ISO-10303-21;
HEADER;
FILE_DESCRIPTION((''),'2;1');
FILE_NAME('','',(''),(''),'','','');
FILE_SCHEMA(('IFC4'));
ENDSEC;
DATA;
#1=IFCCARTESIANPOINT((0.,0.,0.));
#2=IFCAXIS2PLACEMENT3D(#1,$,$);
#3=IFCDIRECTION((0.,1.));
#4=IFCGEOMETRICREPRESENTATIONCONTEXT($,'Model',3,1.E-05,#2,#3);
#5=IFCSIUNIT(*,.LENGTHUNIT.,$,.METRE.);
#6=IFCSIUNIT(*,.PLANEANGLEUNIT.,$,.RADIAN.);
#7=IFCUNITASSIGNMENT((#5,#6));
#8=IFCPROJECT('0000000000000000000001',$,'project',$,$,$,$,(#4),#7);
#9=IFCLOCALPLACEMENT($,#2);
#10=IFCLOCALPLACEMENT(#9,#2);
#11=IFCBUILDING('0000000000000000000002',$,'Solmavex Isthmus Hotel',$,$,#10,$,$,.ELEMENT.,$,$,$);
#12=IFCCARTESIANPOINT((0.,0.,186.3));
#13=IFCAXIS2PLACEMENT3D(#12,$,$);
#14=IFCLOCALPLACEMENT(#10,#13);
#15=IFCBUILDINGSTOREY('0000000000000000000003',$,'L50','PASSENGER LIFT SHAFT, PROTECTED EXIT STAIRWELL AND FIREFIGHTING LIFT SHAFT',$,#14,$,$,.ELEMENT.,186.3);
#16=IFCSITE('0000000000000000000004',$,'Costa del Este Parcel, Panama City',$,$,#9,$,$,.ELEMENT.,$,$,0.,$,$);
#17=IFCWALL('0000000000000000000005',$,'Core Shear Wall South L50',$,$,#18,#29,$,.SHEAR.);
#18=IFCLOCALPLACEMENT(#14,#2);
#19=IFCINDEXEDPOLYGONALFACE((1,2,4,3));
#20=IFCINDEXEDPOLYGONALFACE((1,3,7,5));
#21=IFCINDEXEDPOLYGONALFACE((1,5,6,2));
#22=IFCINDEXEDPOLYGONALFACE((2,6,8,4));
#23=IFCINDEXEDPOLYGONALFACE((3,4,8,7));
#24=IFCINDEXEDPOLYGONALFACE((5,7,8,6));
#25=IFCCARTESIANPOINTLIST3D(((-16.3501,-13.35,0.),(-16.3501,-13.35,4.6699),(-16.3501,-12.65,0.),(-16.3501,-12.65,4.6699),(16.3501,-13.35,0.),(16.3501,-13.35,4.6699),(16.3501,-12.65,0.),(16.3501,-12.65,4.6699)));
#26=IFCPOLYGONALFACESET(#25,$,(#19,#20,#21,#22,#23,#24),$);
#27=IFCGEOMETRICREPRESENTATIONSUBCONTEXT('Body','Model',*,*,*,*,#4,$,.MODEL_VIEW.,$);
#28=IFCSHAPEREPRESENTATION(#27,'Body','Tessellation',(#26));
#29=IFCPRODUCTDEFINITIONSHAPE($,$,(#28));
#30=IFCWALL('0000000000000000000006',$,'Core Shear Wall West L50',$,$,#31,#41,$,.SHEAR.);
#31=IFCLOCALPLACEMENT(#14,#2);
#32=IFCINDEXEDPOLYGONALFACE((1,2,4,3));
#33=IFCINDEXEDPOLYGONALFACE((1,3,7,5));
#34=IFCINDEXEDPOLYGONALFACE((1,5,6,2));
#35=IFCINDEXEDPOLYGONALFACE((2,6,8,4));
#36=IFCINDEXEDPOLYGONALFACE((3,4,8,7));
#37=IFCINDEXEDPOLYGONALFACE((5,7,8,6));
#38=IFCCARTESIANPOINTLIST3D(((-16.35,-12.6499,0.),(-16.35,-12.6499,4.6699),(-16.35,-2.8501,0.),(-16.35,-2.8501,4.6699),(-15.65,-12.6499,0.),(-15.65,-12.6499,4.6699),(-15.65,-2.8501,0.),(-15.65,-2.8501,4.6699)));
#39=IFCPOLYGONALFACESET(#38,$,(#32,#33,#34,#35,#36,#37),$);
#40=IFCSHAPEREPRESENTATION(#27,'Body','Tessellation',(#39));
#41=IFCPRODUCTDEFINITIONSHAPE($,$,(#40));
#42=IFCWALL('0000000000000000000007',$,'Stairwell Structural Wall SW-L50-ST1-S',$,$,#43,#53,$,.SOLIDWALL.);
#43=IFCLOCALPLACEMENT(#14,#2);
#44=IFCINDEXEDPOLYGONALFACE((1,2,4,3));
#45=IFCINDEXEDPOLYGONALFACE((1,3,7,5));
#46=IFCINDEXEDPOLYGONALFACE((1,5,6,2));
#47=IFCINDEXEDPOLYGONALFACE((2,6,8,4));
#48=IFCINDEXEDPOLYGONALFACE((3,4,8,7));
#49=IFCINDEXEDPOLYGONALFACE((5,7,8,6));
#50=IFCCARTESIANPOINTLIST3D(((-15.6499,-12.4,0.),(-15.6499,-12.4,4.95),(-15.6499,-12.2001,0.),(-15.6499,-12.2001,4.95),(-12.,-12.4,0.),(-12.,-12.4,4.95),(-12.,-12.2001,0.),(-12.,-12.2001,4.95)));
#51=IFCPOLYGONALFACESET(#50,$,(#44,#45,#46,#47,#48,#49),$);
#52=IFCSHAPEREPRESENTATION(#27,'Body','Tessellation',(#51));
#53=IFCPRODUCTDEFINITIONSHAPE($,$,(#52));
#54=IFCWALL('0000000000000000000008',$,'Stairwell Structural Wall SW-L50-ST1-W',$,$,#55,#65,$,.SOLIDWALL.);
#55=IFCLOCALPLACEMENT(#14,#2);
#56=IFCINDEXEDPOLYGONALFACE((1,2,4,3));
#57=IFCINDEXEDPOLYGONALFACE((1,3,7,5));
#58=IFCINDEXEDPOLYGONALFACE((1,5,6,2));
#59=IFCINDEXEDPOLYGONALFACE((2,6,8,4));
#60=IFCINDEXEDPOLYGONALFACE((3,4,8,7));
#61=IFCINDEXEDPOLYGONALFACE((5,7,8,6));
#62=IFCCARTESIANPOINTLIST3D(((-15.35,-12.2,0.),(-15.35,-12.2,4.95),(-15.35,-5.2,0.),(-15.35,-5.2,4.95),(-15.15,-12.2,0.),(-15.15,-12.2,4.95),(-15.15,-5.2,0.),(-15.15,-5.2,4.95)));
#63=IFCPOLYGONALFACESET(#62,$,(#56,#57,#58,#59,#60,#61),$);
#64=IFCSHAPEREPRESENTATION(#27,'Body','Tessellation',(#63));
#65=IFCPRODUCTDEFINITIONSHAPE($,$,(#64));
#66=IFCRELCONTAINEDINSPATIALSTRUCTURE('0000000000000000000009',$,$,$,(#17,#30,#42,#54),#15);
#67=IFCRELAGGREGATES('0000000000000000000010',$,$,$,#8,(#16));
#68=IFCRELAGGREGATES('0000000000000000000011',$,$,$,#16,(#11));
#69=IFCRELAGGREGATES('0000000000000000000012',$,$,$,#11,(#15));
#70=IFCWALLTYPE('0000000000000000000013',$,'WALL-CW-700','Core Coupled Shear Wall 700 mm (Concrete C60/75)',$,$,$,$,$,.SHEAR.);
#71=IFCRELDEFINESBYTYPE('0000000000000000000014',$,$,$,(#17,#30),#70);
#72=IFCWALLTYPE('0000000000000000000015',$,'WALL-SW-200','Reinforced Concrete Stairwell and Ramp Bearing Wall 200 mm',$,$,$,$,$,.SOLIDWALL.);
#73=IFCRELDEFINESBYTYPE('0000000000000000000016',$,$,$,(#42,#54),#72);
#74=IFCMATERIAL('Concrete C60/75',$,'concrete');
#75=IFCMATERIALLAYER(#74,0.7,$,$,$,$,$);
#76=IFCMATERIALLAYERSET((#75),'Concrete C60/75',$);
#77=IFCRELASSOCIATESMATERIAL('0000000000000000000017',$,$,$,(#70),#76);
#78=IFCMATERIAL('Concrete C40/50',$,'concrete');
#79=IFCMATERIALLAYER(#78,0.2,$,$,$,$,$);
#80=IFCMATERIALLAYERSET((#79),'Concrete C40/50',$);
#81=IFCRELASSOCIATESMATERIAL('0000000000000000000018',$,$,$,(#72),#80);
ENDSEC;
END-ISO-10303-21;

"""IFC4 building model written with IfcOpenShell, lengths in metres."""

from ifc_helpers import new_model, si_unit, direction, frame, frame_2d, origin, place, context, subcontext, project, spatial, rectangle, extrude, material, layer, layer_set, type_object, element, save


model = new_model("IFC4")

# Units and contexts
model_context = context("Model", 3, precision=1e-05, world=origin(), true_north=direction((0.0, 1.0)))
body_context = subcontext(model_context, "Body", "Model", "MODEL_VIEW")
ifc_project = project(units=[si_unit("LENGTHUNIT", "METRE"), si_unit("PLANEANGLEUNIT", "RADIAN")], contexts=[model_context])

# Site, building, storey
site_placement = place(None, origin())
site = spatial("IfcSite", under=ifc_project, at=site_placement, Name="Costa del Este Parcel, Panama City", CompositionType="ELEMENT", RefElevation=0.0)
building_placement = place(site_placement, origin())
building = spatial("IfcBuilding", under=site, at=building_placement, Name="Solmavex Isthmus Hotel", CompositionType="ELEMENT")
storey_placement = place(building_placement, frame((0.0, 0.0, 186.3)))
storey = spatial("IfcBuildingStorey", under=building, at=storey_placement, Name="L50", Description="PASSENGER LIFT SHAFT, PROTECTED EXIT STAIRWELL AND FIREFIGHTING LIFT SHAFT", CompositionType="ELEMENT", Elevation=186.3)

# Shared definitions
ifc_material_1 = material(Name="Concrete C60/75", Category="concrete")

# Walls
ifc_material_2 = material(Name="Concrete C40/50", Category="concrete")
ifc_layer_1 = layer(ifc_material_1, 0.7)
ifc_layer_set_1 = layer_set([ifc_layer_1], Name="Concrete C60/75")
wall_type_1 = type_object("IfcWallType", Name="WALL-CW-700", Description="Core Coupled Shear Wall 700 mm (Concrete C60/75)", PredefinedType="SHEAR", material=ifc_layer_set_1)
wall_1_placement = place(storey_placement, frame((-16.3501, -13.0, 0.0), z_axis=(0.0, 0.0, 1.0), x_axis=(1.0, 0.0, 0.0)))
element("IfcWall", 1, at=wall_1_placement, inside=storey, type_object=wall_type_1, Name="Core Shear Wall South L50", PredefinedType="SHEAR", context=body_context, shape_type="SweptSolid", body=[
    extrude(rectangle(XDim=32.7002, YDim=0.7, at=frame_2d((16.3501, 0.0))), origin(), (0.0, 0.0, 1.0), 4.6699),
])
wall_2_placement = place(storey_placement, frame((-16.0, -12.6499, 0.0), z_axis=(0.0, 0.0, 1.0), x_axis=(0.0, 1.0, 0.0)))
element("IfcWall", 2, at=wall_2_placement, inside=storey, type_object=wall_type_1, Name="Core Shear Wall West L50", PredefinedType="SHEAR", context=body_context, shape_type="SweptSolid", body=[
    extrude(rectangle(XDim=9.7998, YDim=0.7, at=frame_2d((4.8999, 0.0))), origin(), (0.0, 0.0, 1.0), 4.6699),
])
ifc_layer_2 = layer(ifc_material_2, 0.2)
ifc_layer_set_2 = layer_set([ifc_layer_2], Name="Concrete C40/50")
wall_type_2 = type_object("IfcWallType", Name="WALL-SW-200", Description="Reinforced Concrete Stairwell and Ramp Bearing Wall 200 mm", PredefinedType="SOLIDWALL", material=ifc_layer_set_2)
wall_3_placement = place(storey_placement, frame((-15.6499, -12.3, 0.0), z_axis=(0.0, 0.0, 1.0), x_axis=(1.0, 0.0, 0.0)))
element("IfcWall", 3, at=wall_3_placement, inside=storey, type_object=wall_type_2, Name="Stairwell Structural Wall SW-L50-ST1-S", PredefinedType="SOLIDWALL", context=body_context, shape_type="SweptSolid", body=[
    extrude(rectangle(XDim=3.6499, YDim=0.2, at=frame_2d((1.825, 0.0))), origin(), (0.0, 0.0, 1.0), 4.95),
])
wall_4_placement = place(storey_placement, frame((-15.25, -12.2, 0.0), z_axis=(0.0, 0.0, 1.0), x_axis=(0.0, 1.0, 0.0)))
element("IfcWall", 4, at=wall_4_placement, inside=storey, type_object=wall_type_2, Name="Stairwell Structural Wall SW-L50-ST1-W", PredefinedType="SOLIDWALL", context=body_context, shape_type="SweptSolid", body=[
    extrude(rectangle(XDim=7.0, YDim=0.2, at=frame_2d((3.5, 0.0))), origin(), (0.0, 0.0, 1.0), 4.95),
])

save(model, "model.ifc")
